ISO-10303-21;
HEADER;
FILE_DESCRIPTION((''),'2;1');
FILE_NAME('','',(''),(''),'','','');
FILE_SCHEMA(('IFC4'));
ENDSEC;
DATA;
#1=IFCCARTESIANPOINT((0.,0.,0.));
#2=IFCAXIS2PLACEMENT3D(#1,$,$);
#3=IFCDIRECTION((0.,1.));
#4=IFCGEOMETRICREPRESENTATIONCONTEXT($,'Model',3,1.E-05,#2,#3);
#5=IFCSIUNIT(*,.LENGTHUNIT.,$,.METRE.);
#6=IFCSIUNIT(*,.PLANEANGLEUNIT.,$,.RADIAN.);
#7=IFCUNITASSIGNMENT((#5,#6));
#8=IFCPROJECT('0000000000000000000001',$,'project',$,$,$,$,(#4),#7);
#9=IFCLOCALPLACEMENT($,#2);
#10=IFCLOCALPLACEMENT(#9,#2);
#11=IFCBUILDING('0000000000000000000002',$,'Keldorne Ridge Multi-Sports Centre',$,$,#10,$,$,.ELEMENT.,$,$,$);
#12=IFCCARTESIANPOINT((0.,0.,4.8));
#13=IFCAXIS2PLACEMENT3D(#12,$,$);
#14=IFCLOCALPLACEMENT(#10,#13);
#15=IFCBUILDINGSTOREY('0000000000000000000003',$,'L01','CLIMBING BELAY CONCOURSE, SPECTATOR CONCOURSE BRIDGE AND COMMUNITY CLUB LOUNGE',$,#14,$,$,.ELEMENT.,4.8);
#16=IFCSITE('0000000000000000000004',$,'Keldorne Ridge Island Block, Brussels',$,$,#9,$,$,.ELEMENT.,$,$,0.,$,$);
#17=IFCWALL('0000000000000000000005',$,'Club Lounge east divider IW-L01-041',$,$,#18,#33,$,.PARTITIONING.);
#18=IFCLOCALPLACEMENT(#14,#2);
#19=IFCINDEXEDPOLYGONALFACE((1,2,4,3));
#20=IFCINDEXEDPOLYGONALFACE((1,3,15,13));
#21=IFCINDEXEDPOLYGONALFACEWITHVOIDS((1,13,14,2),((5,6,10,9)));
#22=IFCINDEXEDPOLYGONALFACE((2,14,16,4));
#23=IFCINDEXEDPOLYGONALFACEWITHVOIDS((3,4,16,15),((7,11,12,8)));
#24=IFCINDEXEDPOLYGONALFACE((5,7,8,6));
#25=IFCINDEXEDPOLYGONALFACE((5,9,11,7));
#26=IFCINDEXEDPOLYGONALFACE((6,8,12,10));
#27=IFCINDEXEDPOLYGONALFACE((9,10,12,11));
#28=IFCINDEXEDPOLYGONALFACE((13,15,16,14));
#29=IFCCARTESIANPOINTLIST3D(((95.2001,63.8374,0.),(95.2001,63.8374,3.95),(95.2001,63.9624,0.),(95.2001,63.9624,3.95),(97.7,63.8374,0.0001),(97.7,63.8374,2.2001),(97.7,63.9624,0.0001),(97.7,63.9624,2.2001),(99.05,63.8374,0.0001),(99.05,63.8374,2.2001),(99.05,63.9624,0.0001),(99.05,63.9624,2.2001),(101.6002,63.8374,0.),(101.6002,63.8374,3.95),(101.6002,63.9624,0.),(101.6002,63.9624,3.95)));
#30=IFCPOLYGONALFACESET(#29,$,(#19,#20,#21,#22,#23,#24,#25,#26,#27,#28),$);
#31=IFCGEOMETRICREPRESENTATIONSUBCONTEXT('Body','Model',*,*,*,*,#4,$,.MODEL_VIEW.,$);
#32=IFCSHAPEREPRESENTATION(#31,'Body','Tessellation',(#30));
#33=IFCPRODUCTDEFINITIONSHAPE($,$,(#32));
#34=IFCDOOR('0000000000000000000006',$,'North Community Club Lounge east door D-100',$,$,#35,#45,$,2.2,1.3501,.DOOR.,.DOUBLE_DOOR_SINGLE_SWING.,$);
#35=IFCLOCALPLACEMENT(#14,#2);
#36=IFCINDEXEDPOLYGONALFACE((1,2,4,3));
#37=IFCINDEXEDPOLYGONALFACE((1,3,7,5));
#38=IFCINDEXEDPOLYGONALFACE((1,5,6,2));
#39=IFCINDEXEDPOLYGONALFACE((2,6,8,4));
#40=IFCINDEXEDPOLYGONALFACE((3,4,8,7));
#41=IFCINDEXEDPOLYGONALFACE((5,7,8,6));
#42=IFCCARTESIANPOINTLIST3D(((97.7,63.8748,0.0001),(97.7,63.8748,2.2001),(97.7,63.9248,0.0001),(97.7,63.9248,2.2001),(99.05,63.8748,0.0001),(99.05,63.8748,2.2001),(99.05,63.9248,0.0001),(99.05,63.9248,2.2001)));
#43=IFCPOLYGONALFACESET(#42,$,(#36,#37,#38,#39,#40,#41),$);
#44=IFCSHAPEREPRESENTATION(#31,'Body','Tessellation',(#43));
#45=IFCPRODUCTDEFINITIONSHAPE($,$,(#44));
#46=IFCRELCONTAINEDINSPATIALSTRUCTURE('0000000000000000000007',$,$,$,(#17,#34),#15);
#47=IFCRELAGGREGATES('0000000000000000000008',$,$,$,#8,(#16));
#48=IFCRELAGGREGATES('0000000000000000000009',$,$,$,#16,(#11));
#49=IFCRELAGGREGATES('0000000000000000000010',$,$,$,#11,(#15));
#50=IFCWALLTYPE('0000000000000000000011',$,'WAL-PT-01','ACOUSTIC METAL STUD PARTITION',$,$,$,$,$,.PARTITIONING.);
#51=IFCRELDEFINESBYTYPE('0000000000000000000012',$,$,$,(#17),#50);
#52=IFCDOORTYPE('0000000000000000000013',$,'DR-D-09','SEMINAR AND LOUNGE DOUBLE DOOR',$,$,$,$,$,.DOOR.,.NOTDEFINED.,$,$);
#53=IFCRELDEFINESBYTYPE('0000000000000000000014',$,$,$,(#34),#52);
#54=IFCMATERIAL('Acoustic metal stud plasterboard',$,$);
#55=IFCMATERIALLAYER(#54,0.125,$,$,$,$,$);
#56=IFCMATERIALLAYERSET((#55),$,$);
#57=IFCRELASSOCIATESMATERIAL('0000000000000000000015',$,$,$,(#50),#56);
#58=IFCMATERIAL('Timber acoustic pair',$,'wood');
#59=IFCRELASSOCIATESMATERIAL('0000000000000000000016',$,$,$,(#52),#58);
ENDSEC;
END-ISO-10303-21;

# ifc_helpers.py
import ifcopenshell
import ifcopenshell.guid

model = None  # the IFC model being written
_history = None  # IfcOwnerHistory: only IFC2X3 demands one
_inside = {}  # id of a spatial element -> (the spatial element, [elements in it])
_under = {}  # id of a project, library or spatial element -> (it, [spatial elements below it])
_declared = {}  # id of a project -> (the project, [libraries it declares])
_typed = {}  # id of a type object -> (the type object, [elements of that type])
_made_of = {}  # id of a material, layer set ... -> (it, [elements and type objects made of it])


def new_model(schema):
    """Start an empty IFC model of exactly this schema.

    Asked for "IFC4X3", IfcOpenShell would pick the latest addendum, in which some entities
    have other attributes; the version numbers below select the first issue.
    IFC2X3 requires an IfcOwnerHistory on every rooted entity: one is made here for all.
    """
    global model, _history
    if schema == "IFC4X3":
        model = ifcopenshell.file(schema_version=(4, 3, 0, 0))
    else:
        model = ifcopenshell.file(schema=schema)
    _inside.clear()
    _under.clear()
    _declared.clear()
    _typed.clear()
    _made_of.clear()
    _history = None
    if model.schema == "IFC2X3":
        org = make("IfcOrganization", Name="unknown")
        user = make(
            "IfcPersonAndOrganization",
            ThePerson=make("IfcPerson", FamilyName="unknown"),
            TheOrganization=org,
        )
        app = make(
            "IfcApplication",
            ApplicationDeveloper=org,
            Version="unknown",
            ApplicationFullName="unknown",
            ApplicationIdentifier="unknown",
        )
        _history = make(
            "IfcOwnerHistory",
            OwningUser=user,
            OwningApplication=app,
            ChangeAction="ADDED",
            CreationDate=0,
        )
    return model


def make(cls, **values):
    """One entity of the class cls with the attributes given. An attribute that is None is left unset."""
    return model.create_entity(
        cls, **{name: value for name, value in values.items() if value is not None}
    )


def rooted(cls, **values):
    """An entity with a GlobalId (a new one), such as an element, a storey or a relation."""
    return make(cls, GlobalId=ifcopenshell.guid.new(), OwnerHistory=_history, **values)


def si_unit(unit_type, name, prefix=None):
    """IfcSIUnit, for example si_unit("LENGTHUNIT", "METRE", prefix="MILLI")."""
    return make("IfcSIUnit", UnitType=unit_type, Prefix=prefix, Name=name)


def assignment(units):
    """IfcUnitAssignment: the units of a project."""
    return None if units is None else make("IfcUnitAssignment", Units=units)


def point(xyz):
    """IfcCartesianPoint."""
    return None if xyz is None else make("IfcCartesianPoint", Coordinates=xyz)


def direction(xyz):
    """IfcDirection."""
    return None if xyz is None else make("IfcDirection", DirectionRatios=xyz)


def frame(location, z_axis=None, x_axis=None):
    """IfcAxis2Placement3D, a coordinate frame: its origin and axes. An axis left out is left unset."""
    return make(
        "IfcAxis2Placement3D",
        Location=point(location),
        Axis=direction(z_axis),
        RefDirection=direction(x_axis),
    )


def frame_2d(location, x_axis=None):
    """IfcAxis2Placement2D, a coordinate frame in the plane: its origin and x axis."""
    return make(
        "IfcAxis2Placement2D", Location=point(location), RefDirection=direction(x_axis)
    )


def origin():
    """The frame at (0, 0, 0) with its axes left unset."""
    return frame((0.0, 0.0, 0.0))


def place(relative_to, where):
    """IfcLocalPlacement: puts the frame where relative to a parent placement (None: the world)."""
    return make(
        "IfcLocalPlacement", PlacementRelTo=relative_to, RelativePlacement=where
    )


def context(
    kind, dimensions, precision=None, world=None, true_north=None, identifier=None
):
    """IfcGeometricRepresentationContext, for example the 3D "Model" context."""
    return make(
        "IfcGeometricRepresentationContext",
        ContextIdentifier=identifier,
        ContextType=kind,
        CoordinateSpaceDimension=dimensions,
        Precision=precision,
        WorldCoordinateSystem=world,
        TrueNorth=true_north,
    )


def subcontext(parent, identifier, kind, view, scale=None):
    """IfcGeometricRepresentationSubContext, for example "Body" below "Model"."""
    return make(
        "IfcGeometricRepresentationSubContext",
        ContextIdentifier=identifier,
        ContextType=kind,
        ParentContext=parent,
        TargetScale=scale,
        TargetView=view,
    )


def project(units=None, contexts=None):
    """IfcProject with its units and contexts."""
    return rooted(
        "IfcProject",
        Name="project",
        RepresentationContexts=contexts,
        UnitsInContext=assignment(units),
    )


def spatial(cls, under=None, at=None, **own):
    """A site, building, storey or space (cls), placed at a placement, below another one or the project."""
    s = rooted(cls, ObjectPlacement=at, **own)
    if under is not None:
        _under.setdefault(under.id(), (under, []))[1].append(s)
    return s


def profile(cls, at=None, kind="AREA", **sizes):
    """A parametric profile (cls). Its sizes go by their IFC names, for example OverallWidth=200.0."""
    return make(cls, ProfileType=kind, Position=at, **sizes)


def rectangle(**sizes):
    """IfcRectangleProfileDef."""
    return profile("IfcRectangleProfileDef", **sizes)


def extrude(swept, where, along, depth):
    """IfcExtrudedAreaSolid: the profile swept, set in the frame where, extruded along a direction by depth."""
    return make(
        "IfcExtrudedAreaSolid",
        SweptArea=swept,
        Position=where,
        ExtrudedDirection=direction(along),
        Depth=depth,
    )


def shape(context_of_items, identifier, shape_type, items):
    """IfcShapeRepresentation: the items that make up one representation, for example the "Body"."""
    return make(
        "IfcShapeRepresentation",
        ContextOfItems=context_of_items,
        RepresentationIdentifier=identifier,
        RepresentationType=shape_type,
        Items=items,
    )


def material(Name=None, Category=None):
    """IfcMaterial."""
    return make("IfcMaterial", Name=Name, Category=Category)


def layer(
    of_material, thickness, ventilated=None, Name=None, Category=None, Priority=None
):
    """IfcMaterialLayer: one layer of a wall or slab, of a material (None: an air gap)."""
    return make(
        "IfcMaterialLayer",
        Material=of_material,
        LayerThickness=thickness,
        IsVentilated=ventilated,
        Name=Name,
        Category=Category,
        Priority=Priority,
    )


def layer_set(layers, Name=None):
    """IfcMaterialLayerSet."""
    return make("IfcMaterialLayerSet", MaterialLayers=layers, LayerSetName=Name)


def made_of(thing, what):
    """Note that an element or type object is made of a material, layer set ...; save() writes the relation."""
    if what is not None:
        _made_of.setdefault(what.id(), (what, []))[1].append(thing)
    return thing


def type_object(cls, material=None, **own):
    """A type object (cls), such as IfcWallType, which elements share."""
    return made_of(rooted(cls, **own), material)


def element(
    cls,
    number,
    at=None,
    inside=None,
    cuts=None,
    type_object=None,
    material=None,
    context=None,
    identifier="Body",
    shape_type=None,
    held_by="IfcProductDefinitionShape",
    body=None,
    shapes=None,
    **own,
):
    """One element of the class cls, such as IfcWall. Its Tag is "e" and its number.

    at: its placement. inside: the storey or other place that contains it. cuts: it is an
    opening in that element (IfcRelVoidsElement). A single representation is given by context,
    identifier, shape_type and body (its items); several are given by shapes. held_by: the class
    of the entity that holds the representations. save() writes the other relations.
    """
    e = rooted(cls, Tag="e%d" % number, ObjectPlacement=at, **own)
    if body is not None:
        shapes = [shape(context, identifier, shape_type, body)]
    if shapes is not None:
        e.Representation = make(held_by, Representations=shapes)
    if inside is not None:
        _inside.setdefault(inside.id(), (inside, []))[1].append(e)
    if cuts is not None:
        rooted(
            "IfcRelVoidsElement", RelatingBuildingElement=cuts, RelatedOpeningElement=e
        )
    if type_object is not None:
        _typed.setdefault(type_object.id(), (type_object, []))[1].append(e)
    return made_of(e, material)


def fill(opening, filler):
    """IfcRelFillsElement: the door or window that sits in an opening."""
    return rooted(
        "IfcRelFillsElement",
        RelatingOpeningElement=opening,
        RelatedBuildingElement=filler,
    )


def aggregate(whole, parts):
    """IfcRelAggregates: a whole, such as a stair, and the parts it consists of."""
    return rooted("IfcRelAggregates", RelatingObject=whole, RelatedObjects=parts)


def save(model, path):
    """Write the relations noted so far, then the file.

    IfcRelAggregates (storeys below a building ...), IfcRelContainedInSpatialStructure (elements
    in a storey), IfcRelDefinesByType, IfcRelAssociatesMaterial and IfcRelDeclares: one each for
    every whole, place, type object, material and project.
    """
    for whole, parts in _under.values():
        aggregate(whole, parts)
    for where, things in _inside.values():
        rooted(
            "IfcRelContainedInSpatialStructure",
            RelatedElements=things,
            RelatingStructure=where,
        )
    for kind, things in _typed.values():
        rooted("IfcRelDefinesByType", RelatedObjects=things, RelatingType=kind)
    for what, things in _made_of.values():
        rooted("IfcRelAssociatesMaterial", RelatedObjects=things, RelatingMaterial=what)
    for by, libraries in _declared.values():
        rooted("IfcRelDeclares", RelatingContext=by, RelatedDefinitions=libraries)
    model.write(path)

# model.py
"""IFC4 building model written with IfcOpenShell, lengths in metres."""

from ifc_helpers import new_model, si_unit, direction, frame, frame_2d, origin, place, context, subcontext, project, spatial, rectangle, extrude, material, layer, layer_set, type_object, element, fill, save


model = new_model("IFC4")

# Units and contexts
model_context = context("Model", 3, precision=1e-05, world=origin(), true_north=direction((0.0, 1.0)))
body_context = subcontext(model_context, "Body", "Model", "MODEL_VIEW")
ifc_project = project(units=[si_unit("LENGTHUNIT", "METRE"), si_unit("PLANEANGLEUNIT", "RADIAN")], contexts=[model_context])

# Site, building, storey
site_placement = place(None, origin())
site = spatial("IfcSite", under=ifc_project, at=site_placement, Name="Keldorne Ridge Island Block, Brussels", CompositionType="ELEMENT", RefElevation=0.0)
building_placement = place(site_placement, origin())
building = spatial("IfcBuilding", under=site, at=building_placement, Name="Keldorne Ridge Multi-Sports Centre", CompositionType="ELEMENT")
storey_placement = place(building_placement, frame((0.0, 0.0, 4.8)))
storey = spatial("IfcBuildingStorey", under=building, at=storey_placement, Name="L01", Description="CLIMBING BELAY CONCOURSE, SPECTATOR CONCOURSE BRIDGE AND COMMUNITY CLUB LOUNGE", CompositionType="ELEMENT", Elevation=4.8)

# Wall, opening, door
ifc_material_1 = material(Name="Acoustic metal stud plasterboard")
ifc_layer_1 = layer(ifc_material_1, 0.125)
ifc_layer_set_1 = layer_set([ifc_layer_1])
wall_type = type_object("IfcWallType", Name="WAL-PT-01", Description="ACOUSTIC METAL STUD PARTITION", PredefinedType="PARTITIONING", material=ifc_layer_set_1)
ifc_material_2 = material(Name="Timber acoustic pair", Category="wood")
door_type = type_object("IfcDoorType", Name="DR-D-09", Description="SEMINAR AND LOUNGE DOUBLE DOOR", OperationType="NOTDEFINED", PredefinedType="DOOR", material=ifc_material_2)
wall_1_placement = place(storey_placement, frame((95.2, 63.8999, 0.0), z_axis=(0.0, 0.0, 1.0), x_axis=(1.0, 0.0, 0.0)))
wall_1 = element("IfcWall", 1, at=wall_1_placement, inside=storey, type_object=wall_type, Name="Club Lounge east divider IW-L01-041", PredefinedType="PARTITIONING", context=body_context, shape_type="SweptSolid", body=[
    extrude(rectangle(XDim=6.4001, YDim=0.125, at=frame_2d((3.2002, 0.0))), origin(), (0.0, 0.0, 1.0), 3.95),
])
opening_1_placement = place(wall_1_placement, frame((2.5, 0.0, 0.0)))
opening_1 = element("IfcOpeningElement", 2, at=opening_1_placement, cuts=wall_1, PredefinedType="OPENING", context=body_context, shape_type="SweptSolid", body=[
    extrude(rectangle(XDim=1.3501, YDim=2.2, at=frame_2d((0.675, 1.1001))), frame((0.0, 0.0725, 0.0), z_axis=(0.0, -1.0, 0.0), x_axis=(1.0, 0.0, 0.0)), (0.0, 0.0, 1.0), 0.145),
])
door_1_placement = place(opening_1_placement, origin())
door_1 = element("IfcDoor", 3, at=door_1_placement, inside=storey, type_object=door_type, Name="North Community Club Lounge east door D-100", OperationType="DOUBLE_DOOR_SINGLE_SWING", OverallHeight=2.2, OverallWidth=1.3501, PredefinedType="DOOR", context=body_context, shape_type="SweptSolid", body=[
    extrude(rectangle(XDim=1.3501, YDim=2.2, at=frame_2d((0.675, 1.1001))), frame((0.0, 0.0249, 0.0), z_axis=(0.0, -1.0, 0.0), x_axis=(1.0, 0.0, 0.0)), (0.0, 0.0, 1.0), 0.05),
])
fill(opening_1, door_1)

save(model, "model.ifc")
